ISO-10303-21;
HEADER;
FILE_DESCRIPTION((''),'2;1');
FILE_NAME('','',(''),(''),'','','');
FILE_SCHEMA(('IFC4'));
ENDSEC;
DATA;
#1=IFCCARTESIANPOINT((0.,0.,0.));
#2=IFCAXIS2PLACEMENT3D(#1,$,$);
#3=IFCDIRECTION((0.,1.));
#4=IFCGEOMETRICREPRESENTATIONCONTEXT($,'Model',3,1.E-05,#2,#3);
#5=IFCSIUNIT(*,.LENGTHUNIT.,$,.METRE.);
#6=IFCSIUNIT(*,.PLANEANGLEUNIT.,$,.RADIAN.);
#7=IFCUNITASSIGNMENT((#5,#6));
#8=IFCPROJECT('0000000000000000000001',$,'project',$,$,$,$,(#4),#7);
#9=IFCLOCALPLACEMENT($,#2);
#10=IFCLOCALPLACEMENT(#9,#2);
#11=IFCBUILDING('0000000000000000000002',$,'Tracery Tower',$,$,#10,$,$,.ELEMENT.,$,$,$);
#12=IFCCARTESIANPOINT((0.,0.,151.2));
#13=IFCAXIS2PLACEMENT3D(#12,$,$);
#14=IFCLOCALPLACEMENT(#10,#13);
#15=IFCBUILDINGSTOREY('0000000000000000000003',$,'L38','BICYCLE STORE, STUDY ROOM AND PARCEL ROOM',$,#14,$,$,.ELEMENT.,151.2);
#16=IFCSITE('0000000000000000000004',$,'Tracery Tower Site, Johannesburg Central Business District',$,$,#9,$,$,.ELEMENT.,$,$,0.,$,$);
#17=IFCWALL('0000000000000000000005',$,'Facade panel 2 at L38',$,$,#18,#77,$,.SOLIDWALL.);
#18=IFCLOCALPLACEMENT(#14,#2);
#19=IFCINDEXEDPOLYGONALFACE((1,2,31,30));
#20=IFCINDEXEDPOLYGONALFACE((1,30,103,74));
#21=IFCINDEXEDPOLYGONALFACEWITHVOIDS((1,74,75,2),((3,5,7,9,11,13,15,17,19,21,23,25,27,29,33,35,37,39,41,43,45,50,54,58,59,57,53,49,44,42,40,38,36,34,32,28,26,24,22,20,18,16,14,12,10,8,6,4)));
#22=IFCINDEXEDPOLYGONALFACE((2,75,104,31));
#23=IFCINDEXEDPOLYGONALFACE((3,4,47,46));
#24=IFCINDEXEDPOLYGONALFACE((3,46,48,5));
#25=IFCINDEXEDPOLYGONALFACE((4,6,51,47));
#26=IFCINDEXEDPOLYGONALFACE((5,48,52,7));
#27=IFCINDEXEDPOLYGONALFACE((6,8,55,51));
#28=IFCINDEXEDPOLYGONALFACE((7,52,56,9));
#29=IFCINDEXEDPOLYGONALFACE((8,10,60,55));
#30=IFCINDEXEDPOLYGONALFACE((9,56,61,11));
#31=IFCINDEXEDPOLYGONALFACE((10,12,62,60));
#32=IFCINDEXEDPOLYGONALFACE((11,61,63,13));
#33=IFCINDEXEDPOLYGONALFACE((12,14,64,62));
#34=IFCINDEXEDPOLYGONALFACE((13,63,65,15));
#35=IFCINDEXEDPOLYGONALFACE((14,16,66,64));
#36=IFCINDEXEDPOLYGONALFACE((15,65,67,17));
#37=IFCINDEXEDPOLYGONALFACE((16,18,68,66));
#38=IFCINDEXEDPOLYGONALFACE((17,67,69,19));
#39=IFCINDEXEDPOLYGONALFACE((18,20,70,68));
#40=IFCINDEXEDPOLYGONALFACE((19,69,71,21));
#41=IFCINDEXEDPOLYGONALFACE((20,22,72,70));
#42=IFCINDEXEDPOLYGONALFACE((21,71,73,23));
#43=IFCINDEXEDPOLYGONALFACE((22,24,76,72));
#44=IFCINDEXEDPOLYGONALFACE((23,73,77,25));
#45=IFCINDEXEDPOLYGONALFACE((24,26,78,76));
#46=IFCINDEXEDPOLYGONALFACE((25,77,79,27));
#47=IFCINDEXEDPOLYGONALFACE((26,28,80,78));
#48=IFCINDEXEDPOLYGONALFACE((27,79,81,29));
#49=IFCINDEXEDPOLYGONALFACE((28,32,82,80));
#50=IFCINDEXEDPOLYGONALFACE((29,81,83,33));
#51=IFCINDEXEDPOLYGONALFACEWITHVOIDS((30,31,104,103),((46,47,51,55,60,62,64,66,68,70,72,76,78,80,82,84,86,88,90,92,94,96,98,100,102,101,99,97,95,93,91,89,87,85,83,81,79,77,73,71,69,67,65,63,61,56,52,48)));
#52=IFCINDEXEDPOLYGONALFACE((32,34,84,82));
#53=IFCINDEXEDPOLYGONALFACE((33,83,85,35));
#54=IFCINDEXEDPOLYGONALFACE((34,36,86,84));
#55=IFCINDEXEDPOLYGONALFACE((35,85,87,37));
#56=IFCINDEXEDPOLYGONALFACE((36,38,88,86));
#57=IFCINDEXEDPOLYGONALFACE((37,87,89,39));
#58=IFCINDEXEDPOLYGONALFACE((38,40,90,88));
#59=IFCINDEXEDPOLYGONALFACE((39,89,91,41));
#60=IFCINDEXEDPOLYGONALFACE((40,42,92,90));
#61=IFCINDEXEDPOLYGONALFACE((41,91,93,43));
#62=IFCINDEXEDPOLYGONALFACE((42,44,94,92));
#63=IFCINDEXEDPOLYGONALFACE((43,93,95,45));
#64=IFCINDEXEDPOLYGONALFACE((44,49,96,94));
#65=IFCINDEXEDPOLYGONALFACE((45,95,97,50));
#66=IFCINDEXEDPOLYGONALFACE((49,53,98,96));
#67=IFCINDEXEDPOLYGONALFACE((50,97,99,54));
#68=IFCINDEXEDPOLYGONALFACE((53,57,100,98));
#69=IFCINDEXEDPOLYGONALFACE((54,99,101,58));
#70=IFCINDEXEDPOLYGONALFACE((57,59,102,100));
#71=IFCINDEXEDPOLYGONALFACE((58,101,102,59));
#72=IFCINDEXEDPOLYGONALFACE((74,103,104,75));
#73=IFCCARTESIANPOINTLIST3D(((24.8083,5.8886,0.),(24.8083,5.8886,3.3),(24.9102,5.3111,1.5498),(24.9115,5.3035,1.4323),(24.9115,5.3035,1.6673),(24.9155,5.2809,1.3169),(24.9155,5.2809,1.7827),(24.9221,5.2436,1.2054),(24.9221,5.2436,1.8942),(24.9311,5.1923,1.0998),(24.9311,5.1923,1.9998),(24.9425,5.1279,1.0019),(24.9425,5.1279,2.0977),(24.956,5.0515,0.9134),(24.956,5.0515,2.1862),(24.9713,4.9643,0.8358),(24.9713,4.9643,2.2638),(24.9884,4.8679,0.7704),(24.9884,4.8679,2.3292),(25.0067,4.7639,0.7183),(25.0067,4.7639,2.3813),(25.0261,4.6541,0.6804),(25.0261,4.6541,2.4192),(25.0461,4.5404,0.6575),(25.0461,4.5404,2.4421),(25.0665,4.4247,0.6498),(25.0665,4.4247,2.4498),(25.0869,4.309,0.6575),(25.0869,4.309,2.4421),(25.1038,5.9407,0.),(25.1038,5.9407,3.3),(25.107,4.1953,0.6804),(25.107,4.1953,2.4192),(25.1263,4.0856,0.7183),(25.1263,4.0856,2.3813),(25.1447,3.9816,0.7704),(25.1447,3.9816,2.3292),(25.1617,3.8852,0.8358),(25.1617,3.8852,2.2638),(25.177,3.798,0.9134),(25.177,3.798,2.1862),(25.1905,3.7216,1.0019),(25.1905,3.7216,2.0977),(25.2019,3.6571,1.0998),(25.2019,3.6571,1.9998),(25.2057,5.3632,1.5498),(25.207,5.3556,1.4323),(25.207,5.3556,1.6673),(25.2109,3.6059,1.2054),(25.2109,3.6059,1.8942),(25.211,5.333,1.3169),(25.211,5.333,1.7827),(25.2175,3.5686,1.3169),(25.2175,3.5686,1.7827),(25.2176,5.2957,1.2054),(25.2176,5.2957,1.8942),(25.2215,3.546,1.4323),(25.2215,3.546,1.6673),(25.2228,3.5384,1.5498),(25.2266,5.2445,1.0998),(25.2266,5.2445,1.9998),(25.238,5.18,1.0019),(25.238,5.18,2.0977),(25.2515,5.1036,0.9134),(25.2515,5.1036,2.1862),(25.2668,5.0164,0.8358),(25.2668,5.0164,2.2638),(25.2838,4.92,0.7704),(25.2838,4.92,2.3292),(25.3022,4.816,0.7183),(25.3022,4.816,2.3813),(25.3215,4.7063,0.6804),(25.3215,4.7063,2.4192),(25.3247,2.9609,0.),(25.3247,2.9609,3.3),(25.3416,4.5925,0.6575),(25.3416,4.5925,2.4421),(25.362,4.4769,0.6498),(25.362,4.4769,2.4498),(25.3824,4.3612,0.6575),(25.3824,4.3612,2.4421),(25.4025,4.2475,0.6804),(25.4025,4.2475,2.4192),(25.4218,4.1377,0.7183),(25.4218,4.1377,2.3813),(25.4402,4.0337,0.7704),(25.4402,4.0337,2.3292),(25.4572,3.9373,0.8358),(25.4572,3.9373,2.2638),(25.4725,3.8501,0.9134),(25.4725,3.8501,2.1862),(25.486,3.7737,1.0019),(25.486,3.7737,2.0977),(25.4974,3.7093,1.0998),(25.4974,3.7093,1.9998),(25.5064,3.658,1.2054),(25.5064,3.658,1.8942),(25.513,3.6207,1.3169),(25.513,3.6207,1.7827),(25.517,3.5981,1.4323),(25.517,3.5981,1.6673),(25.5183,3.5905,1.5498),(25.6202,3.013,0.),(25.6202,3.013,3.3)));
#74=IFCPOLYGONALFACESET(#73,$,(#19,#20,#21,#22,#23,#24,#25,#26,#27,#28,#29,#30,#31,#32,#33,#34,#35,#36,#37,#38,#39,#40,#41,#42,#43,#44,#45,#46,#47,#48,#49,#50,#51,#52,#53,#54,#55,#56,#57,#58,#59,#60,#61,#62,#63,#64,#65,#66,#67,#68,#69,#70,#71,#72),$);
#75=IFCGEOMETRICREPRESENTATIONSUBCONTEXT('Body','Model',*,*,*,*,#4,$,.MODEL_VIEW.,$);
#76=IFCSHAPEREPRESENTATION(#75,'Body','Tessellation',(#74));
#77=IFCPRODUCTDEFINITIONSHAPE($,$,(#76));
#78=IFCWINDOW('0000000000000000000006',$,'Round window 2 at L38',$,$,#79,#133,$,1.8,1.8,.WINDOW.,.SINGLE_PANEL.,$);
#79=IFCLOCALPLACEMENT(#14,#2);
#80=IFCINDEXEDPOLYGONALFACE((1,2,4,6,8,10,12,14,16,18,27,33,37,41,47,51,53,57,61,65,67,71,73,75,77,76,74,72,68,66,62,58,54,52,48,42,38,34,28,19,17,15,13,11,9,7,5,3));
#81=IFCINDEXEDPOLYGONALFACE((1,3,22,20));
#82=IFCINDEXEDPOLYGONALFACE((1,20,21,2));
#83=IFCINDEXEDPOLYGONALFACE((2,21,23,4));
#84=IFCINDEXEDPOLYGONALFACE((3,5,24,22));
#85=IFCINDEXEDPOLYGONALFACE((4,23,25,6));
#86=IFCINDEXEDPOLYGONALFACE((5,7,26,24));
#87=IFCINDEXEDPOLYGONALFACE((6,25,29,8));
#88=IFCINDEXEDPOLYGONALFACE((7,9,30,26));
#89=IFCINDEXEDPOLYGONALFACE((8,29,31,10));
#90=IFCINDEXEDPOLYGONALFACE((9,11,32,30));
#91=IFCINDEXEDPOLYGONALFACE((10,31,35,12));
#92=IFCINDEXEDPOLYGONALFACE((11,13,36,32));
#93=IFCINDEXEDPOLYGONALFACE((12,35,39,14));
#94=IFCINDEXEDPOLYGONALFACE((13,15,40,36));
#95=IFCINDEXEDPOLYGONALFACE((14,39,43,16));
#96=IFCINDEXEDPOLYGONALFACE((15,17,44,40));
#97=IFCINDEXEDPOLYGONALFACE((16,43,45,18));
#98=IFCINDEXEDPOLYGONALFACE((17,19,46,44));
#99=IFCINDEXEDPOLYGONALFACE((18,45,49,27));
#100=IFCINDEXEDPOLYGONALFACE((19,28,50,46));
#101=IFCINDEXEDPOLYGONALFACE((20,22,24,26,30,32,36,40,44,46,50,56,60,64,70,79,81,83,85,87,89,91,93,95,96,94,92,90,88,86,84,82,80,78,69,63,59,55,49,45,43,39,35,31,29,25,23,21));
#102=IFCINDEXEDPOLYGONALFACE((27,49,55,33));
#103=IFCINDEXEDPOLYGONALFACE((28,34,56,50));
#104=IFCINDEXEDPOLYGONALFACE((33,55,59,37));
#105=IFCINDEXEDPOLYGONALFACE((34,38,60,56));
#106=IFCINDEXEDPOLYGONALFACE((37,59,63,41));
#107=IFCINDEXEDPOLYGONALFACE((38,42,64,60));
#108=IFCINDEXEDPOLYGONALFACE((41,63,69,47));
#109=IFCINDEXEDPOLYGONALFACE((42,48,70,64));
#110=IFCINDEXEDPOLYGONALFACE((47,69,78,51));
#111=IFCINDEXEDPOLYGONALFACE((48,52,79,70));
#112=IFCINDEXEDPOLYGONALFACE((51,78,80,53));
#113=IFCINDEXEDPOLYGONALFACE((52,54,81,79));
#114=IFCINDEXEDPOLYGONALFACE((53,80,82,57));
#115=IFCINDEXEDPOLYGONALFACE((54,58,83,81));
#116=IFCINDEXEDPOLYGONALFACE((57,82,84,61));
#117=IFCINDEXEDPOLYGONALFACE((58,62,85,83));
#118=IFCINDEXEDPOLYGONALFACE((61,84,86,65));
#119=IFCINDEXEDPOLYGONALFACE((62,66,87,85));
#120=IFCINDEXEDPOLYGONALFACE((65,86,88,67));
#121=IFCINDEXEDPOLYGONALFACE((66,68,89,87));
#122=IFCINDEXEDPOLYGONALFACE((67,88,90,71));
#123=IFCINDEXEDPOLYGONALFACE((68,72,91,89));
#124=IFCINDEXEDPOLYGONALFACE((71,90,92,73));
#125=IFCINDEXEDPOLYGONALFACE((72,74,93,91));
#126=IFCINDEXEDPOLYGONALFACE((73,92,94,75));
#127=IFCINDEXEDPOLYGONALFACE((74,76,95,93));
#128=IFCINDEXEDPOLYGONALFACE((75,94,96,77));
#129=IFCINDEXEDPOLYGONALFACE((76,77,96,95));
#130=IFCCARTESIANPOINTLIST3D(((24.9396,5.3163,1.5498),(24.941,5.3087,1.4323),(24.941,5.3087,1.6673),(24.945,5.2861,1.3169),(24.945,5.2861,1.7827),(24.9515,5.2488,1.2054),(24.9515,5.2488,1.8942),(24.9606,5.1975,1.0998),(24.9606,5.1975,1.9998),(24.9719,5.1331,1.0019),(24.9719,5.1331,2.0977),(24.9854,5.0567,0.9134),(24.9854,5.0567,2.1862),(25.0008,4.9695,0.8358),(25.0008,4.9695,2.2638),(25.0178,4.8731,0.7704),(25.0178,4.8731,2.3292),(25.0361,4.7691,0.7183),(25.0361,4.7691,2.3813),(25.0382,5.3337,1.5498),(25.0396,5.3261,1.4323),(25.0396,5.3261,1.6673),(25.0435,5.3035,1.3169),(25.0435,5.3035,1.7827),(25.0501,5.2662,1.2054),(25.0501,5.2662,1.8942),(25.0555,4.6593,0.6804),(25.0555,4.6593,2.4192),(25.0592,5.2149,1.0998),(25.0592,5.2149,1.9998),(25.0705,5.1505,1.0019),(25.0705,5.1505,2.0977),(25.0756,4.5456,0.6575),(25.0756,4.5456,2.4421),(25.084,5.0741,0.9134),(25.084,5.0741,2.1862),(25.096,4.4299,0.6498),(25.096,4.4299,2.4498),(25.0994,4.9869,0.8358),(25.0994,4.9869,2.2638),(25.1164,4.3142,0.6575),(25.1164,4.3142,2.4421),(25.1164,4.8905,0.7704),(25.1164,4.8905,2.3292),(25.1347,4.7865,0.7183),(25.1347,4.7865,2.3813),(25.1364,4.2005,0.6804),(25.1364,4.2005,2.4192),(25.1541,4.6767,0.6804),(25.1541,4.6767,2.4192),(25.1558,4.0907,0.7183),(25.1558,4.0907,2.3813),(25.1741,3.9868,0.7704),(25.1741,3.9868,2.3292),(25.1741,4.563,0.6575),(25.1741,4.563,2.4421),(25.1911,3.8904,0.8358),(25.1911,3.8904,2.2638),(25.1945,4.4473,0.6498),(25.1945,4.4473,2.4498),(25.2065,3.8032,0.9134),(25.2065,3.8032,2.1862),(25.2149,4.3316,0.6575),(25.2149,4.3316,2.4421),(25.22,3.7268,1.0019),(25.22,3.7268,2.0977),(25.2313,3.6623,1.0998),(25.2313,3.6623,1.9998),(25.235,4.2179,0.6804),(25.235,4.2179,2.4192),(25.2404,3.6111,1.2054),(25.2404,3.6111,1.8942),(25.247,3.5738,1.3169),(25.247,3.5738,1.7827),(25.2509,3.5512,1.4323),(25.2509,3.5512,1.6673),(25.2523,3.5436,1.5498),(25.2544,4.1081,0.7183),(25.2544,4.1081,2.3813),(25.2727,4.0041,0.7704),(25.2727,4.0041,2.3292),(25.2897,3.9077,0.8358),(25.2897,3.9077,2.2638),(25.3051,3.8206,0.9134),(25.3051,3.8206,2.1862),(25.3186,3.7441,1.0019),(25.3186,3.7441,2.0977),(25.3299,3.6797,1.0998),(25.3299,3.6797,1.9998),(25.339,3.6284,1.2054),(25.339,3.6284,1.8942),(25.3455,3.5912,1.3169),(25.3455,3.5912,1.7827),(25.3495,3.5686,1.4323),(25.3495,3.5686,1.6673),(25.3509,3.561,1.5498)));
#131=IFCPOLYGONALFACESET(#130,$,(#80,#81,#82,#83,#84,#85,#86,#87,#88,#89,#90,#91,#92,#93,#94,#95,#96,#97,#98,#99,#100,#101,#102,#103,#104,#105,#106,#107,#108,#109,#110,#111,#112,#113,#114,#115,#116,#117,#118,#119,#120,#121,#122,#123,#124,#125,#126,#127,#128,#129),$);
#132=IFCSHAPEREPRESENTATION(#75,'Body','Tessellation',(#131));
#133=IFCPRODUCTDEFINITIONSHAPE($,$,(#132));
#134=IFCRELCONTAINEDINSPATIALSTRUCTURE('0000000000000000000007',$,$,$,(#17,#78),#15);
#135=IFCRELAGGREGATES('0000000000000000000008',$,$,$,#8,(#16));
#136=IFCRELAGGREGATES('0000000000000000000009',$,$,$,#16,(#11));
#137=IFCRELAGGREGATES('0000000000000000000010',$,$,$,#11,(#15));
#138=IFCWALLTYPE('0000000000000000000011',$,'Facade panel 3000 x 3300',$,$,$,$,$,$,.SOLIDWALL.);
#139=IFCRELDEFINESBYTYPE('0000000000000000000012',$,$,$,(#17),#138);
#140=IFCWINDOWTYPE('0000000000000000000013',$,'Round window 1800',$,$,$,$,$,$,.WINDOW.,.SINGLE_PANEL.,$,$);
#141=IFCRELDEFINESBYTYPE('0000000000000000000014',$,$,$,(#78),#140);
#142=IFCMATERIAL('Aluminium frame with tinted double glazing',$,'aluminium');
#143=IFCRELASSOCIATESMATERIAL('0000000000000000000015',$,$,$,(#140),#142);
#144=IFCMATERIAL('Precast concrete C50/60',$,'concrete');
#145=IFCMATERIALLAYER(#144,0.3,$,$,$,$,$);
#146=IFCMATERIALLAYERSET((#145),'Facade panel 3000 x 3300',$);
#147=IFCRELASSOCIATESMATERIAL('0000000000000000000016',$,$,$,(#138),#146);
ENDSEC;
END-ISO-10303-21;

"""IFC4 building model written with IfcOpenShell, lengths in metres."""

from ifc_helpers import new_model, si_unit, direction, frame, frame_2d, origin, origin_2d, place, context, subcontext, project, spatial, rectangle, circle, extrude, material, layer, layer_set, type_object, element, fill, save


model = new_model("IFC4")

# Units and contexts
model_context = context("Model", 3, precision=1e-05, world=origin(), true_north=direction((0.0, 1.0)))
body_context = subcontext(model_context, "Body", "Model", "MODEL_VIEW")
ifc_project = project(units=[si_unit("LENGTHUNIT", "METRE"), si_unit("PLANEANGLEUNIT", "RADIAN")], contexts=[model_context])

# Site, building, storey
site_placement = place(None, origin())
site = spatial("IfcSite", under=ifc_project, at=site_placement, Name="Tracery Tower Site, Johannesburg Central Business District", CompositionType="ELEMENT", RefElevation=0.0)
building_placement = place(site_placement, origin())
building = spatial("IfcBuilding", under=site, at=building_placement, Name="Tracery Tower", CompositionType="ELEMENT")
storey_placement = place(building_placement, frame((0.0, 0.0, 151.2)))
storey = spatial("IfcBuildingStorey", under=building, at=storey_placement, Name="L38", Description="BICYCLE STORE, STUDY ROOM AND PARCEL ROOM", CompositionType="ELEMENT", Elevation=151.2)

# Wall, opening, window
ifc_material_1 = material(Name="Aluminium frame with tinted double glazing", Category="aluminium")
window_type = type_object("IfcWindowType", Name="Round window 1800", PartitioningType="SINGLE_PANEL", PredefinedType="WINDOW", material=ifc_material_1)
ifc_material_2 = material(Name="Precast concrete C50/60", Category="concrete")
ifc_layer_1 = layer(ifc_material_2, 0.3)
ifc_layer_set_1 = layer_set([ifc_layer_1], Name="Facade panel 3000 x 3300")
wall_type_1 = type_object("IfcWallType", Name="Facade panel 3000 x 3300", PredefinedType="SOLIDWALL", material=ifc_layer_set_1)
wall_1_placement = place(storey_placement, frame((25.4724, 2.9871, 0.0), z_axis=(0.0, 0.0, 1.0), x_axis=(-0.173687, 0.984801, 0.0)))
wall_1 = element("IfcWall", 1, at=wall_1_placement, inside=storey, type_object=wall_type_1, Name="Facade panel 2 at L38", PredefinedType="SOLIDWALL", context=body_context, shape_type="SweptSolid", body=[
    extrude(rectangle(XDim=2.9729, YDim=0.3, at=frame_2d((1.4863, 0.0))), origin(), (0.0, 0.0, 1.0), 3.3),
])
opening_1_placement = place(wall_1_placement, frame((1.4863, 0.0, 1.5498)))
opening_1 = element("IfcOpeningElement", 2, at=opening_1_placement, cuts=wall_1, PredefinedType="OPENING", context=body_context, shape_type="SweptSolid", body=[
    extrude(circle(Radius=0.9, at=origin_2d()), frame((0.0, 0.1599, 0.0), z_axis=(0.0, -1.0, 0.0), x_axis=(1.0, 0.0, 0.0)), (0.0, 0.0, 1.0), 0.3201),
])
window_1_placement = place(opening_1_placement, origin())
window_1 = element("IfcWindow", 3, at=window_1_placement, inside=storey, type_object=window_type, Name="Round window 2 at L38", OverallHeight=1.8, OverallWidth=1.8, PartitioningType="SINGLE_PANEL", PredefinedType="WINDOW", context=body_context, shape_type="SweptSolid", body=[
    extrude(circle(Radius=0.9, at=origin_2d()), frame((0.0, 0.1201, 0.0), z_axis=(0.0, -1.0, 0.0), x_axis=(1.0, 0.0, 0.0)), (0.0, 0.0, 1.0), 0.1001),
])
fill(opening_1, window_1)

save(model, "model.ifc")
